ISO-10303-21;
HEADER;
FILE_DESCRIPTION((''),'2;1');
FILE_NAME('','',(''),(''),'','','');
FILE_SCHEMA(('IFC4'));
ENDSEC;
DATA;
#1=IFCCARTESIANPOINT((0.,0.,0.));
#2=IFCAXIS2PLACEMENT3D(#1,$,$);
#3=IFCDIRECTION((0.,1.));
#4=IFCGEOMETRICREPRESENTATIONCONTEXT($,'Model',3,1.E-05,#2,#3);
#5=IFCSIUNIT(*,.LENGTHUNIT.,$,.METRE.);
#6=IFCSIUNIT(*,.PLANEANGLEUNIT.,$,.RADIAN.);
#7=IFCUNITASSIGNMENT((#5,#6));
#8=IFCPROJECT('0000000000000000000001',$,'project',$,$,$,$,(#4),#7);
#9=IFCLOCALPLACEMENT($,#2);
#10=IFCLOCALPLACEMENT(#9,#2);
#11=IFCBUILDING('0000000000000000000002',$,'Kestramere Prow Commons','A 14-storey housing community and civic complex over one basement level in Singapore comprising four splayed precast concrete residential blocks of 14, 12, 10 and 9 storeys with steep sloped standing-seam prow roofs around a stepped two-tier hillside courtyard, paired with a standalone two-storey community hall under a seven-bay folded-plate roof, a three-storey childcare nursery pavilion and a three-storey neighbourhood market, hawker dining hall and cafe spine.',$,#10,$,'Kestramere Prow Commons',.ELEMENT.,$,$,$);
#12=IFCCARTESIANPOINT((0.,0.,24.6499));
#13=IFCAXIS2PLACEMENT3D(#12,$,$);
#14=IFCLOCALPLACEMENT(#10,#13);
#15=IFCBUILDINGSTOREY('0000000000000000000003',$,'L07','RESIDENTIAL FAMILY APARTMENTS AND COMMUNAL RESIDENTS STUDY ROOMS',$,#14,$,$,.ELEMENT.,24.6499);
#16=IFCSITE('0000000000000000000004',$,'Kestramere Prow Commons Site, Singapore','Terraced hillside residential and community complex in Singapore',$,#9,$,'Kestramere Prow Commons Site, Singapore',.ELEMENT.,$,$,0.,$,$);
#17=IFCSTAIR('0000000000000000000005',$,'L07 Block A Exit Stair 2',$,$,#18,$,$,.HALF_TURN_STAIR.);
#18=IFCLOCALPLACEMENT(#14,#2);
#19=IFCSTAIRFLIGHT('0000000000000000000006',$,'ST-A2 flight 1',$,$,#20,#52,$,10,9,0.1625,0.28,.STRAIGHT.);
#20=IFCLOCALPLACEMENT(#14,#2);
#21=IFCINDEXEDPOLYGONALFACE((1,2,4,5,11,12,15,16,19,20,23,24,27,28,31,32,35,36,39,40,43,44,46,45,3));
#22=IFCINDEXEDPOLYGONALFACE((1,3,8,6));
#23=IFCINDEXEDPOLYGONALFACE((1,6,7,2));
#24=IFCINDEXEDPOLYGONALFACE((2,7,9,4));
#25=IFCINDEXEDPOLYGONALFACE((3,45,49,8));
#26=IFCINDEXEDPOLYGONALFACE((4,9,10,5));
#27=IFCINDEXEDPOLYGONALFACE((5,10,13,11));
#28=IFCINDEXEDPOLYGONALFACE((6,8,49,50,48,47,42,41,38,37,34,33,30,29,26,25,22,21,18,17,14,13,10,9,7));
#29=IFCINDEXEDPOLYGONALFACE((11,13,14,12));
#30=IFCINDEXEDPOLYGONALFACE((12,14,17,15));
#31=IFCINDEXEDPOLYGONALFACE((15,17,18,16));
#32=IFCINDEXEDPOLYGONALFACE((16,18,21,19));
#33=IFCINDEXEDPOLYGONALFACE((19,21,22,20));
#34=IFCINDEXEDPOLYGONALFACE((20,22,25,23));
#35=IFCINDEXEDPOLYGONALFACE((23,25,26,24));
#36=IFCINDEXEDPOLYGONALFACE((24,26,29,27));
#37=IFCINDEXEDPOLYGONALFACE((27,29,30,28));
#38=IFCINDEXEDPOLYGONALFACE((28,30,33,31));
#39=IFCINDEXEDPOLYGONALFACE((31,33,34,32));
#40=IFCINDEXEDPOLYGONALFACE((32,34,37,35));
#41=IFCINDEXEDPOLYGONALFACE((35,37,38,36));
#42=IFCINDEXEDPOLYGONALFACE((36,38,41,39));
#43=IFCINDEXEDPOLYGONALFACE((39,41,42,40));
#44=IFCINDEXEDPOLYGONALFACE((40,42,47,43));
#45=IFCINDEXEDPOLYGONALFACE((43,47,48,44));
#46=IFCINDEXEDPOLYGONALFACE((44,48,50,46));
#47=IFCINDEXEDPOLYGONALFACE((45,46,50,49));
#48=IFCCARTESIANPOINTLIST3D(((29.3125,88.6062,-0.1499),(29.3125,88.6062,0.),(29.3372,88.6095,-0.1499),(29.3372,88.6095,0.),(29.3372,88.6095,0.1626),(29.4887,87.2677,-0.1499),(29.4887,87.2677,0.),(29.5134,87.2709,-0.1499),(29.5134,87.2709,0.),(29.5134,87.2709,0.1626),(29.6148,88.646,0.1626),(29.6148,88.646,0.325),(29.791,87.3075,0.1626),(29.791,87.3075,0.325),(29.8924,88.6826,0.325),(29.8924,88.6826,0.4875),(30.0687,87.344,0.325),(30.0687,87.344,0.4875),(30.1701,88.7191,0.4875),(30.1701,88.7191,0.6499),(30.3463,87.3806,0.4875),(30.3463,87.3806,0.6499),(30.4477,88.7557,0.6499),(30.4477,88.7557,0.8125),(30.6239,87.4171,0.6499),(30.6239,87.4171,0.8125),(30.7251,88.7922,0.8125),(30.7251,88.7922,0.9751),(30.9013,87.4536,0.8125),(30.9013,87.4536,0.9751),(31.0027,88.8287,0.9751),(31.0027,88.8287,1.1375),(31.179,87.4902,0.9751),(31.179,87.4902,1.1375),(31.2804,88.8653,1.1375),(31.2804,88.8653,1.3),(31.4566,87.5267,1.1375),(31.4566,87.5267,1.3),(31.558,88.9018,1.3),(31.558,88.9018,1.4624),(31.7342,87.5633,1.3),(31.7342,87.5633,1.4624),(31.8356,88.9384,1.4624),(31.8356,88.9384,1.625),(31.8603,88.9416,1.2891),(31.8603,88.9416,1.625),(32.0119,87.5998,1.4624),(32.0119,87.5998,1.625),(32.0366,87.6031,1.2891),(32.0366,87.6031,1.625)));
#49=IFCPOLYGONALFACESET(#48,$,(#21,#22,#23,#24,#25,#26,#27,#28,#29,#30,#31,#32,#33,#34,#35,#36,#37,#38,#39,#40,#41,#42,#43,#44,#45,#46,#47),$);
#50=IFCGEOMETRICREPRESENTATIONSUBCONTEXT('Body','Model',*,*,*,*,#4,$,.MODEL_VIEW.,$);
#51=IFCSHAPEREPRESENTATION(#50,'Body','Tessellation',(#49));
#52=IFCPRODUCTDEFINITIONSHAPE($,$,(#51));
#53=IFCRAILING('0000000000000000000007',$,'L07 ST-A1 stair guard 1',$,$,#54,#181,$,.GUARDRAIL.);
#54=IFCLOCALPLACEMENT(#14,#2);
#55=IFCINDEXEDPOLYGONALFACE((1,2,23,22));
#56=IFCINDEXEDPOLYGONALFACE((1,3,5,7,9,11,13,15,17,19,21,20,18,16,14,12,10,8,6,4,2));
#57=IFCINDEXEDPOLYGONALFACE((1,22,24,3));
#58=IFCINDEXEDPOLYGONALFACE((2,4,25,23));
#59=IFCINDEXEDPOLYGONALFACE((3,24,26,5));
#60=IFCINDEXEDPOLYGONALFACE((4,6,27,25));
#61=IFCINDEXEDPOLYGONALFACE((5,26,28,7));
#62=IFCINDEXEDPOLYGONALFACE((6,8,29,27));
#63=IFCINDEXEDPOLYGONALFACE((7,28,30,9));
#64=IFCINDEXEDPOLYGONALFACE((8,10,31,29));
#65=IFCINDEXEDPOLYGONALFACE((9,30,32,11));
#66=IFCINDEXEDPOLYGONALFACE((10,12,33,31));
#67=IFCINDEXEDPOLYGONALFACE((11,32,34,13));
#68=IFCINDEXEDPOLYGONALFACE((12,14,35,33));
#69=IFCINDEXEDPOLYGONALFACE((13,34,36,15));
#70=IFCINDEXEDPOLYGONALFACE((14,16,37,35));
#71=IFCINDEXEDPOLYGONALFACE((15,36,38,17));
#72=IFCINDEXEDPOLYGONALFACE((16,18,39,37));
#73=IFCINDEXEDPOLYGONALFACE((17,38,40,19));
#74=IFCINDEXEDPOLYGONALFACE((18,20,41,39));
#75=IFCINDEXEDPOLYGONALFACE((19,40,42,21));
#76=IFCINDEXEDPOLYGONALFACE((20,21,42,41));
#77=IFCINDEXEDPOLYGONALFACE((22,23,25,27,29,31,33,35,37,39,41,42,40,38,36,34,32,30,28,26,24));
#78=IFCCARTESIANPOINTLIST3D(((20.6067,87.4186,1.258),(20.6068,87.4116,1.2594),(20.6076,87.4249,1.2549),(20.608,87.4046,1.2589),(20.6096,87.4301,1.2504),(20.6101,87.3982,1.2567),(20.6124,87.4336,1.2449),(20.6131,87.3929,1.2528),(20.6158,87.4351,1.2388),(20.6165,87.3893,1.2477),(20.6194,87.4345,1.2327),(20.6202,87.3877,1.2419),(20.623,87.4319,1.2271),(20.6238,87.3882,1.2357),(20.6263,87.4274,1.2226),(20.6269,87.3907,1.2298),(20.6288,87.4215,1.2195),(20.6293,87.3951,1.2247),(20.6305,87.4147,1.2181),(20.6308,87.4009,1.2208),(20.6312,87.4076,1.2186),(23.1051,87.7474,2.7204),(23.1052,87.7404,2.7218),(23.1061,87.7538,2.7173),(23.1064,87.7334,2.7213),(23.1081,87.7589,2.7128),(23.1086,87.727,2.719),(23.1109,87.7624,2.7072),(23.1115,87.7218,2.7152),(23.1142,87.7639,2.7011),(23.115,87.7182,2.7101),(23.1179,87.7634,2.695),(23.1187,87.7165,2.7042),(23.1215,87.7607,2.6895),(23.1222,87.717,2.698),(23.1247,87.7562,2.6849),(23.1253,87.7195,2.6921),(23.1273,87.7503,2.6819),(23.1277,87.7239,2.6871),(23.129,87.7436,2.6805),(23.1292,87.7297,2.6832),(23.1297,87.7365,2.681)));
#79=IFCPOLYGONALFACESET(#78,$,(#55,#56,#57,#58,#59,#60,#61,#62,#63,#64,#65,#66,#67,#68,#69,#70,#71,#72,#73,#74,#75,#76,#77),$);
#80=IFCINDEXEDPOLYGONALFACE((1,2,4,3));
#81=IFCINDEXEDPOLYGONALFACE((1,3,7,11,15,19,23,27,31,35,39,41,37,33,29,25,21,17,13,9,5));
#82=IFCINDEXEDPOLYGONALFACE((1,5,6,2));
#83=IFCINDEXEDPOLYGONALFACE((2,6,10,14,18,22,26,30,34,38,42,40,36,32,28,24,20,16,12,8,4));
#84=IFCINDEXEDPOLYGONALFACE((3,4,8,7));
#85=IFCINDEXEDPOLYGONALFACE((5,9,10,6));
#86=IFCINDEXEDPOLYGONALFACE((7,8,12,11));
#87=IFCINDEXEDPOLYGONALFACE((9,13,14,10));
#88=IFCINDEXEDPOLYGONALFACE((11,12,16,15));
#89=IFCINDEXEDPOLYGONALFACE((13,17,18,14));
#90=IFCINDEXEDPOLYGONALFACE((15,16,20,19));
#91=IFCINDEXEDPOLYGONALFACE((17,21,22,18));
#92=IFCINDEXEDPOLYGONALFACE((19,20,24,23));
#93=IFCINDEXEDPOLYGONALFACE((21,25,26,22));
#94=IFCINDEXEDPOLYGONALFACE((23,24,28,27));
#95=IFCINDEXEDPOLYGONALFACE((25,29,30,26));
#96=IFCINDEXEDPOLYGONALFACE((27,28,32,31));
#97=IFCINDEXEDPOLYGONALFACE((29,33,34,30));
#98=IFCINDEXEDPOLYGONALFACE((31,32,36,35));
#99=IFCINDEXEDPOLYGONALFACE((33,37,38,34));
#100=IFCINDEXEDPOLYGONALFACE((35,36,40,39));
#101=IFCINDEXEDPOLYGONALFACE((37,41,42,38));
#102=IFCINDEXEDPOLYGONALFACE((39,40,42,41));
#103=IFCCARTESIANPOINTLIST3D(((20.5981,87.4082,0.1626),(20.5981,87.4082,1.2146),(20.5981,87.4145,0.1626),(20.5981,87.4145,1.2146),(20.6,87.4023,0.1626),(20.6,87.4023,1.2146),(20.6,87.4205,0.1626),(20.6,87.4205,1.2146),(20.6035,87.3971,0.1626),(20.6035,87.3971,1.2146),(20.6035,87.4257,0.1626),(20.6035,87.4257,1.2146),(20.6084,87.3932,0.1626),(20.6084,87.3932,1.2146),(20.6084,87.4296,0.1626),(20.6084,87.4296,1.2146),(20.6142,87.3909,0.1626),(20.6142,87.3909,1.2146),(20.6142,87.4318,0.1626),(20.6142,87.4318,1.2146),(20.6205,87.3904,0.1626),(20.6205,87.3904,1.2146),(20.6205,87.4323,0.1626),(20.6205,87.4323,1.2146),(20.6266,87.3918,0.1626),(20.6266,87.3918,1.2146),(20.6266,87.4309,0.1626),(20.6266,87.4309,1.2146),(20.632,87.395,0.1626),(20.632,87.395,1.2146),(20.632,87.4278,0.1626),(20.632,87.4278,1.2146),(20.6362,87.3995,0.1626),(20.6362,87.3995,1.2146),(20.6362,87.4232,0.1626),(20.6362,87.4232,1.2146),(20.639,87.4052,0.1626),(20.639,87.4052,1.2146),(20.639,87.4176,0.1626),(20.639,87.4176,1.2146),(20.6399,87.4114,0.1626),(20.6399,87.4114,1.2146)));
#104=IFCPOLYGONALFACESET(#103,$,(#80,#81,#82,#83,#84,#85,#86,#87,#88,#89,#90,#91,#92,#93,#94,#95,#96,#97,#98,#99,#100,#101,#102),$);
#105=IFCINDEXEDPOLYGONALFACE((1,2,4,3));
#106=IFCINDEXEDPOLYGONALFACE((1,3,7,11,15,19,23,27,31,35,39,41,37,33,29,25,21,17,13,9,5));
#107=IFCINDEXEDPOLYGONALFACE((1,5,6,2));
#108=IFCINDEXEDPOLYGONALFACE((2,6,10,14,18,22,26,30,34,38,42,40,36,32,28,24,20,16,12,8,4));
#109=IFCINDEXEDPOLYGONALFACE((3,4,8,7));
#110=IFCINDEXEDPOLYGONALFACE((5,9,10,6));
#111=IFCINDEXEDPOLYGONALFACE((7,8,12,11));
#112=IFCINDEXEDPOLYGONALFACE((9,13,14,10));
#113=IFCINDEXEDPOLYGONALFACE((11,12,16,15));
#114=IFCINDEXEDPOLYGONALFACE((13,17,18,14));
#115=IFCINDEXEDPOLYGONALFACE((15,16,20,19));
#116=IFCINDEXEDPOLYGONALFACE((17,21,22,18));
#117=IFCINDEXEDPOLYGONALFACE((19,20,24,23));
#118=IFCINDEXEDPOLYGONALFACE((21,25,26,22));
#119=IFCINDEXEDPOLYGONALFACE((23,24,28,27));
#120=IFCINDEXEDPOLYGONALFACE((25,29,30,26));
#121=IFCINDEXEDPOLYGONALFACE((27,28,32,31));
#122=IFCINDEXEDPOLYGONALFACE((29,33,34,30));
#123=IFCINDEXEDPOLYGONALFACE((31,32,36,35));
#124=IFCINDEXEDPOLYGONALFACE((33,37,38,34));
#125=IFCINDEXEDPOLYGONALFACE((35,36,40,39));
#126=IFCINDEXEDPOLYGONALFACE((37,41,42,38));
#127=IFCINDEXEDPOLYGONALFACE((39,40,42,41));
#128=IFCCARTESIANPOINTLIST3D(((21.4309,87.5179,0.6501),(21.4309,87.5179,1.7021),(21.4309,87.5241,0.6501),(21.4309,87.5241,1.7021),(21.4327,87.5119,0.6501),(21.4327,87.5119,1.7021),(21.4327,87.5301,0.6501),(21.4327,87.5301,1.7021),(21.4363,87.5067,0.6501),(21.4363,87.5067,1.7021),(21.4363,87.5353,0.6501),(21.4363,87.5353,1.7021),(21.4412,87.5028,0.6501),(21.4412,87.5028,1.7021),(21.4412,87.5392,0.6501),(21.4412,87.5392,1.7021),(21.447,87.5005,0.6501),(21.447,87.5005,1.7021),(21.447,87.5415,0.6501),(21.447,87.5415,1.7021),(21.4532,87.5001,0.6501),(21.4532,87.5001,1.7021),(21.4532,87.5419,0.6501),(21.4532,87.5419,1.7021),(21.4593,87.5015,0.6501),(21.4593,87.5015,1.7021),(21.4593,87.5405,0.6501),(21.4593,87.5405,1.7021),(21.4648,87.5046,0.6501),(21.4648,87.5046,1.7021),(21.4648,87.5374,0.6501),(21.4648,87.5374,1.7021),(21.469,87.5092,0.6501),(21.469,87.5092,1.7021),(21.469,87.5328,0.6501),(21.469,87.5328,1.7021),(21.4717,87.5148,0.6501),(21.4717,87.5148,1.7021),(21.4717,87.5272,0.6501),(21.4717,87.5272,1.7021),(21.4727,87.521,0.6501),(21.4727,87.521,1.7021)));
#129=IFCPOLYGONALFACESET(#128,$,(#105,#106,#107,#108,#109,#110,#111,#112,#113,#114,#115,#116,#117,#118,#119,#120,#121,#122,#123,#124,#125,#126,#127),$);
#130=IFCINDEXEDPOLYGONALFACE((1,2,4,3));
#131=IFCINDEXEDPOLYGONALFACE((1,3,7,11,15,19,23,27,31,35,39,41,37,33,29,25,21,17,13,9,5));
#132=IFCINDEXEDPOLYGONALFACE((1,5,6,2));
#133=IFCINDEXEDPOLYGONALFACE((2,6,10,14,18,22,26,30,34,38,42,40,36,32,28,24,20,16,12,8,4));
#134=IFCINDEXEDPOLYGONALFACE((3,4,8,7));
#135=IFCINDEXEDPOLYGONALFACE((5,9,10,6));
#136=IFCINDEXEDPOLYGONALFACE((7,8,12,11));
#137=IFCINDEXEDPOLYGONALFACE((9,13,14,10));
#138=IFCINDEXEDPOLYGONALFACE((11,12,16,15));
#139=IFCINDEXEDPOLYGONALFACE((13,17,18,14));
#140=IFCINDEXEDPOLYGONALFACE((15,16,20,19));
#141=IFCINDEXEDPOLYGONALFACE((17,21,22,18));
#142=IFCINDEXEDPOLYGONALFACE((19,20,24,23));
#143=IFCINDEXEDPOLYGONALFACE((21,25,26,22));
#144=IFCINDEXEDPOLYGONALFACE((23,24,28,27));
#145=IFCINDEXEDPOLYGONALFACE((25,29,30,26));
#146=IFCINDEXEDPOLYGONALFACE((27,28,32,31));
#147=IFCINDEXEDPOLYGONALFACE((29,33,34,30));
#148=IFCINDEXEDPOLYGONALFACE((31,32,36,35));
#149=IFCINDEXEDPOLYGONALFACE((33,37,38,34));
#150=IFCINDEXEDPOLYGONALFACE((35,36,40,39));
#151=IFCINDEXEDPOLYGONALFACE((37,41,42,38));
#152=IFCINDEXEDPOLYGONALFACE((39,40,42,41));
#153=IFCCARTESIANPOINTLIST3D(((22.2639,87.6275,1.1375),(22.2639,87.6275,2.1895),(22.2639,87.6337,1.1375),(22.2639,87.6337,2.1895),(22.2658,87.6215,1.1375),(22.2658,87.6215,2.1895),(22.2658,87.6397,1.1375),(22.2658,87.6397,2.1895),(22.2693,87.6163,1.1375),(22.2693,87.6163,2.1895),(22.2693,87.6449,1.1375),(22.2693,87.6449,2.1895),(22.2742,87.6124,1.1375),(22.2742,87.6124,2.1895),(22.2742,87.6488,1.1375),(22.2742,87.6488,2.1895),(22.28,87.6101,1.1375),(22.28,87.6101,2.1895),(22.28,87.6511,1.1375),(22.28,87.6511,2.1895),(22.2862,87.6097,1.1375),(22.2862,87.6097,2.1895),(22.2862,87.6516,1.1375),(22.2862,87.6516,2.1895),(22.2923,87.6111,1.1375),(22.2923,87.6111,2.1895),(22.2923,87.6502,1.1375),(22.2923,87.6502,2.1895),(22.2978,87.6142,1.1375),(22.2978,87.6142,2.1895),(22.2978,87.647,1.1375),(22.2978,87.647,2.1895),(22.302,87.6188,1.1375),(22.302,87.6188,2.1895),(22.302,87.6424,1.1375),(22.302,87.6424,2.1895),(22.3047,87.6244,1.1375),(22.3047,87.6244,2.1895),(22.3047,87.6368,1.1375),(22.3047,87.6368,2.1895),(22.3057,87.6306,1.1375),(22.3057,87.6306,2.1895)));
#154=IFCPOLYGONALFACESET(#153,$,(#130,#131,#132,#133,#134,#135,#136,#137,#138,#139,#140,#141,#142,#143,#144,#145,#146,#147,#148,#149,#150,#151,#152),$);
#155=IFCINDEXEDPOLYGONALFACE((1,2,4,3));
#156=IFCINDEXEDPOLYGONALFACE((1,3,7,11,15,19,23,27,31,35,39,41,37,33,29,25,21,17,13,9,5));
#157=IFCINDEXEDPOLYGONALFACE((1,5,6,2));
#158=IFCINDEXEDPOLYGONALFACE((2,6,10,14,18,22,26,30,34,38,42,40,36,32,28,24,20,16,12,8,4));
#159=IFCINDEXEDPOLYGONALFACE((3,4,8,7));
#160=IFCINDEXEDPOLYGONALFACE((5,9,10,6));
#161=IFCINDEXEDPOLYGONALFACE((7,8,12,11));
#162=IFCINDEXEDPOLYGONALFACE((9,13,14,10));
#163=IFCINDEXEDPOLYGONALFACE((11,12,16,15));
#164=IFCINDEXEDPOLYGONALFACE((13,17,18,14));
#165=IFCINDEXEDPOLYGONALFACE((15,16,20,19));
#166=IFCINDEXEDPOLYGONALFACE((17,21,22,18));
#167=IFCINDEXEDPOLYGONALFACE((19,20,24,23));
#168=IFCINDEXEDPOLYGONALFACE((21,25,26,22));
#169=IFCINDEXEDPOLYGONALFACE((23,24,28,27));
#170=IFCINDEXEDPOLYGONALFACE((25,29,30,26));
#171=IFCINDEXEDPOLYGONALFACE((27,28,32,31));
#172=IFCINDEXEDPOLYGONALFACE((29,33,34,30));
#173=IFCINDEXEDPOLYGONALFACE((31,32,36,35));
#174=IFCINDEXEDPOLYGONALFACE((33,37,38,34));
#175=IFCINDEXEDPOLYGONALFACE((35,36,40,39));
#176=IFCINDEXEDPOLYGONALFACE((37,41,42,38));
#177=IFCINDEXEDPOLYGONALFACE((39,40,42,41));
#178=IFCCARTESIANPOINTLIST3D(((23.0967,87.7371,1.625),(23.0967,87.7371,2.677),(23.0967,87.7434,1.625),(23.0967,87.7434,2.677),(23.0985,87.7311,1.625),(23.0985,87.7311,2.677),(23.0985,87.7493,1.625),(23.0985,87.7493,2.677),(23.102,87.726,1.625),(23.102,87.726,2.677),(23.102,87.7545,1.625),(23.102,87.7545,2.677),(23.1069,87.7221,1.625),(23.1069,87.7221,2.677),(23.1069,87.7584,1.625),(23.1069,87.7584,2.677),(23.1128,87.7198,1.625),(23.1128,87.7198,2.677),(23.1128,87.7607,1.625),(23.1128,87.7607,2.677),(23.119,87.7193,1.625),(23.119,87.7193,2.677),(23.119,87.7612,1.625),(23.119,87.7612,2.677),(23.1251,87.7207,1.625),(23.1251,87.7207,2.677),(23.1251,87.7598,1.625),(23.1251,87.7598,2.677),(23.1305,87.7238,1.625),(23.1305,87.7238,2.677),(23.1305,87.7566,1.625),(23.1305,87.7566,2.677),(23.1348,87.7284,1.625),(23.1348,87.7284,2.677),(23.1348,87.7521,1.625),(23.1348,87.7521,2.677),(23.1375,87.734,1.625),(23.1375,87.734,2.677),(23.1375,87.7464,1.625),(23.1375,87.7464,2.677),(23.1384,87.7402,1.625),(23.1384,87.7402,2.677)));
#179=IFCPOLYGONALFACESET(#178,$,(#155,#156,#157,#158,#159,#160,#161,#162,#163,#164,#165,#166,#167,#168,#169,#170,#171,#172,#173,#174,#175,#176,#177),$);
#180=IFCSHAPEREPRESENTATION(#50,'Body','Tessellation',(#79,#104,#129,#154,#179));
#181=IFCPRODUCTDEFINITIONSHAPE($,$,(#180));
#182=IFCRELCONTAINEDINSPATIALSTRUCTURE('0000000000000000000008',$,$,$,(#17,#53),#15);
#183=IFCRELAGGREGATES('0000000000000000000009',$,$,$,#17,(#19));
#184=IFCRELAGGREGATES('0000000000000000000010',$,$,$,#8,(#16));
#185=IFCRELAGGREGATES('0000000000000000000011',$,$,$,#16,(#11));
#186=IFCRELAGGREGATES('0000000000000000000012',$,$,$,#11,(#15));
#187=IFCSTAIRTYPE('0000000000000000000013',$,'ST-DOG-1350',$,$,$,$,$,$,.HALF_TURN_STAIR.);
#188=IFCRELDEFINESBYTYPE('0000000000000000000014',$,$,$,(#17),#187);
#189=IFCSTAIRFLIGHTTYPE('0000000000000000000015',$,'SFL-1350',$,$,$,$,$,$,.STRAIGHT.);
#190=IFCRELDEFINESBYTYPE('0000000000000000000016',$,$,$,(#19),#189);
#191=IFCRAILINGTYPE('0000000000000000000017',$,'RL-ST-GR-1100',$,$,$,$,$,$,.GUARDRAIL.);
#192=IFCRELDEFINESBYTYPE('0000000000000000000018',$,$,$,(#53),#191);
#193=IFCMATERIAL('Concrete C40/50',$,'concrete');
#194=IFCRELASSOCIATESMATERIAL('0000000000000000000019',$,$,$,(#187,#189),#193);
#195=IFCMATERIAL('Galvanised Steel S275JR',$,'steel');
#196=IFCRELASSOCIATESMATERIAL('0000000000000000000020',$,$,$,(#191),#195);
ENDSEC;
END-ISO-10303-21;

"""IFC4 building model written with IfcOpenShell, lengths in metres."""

from ifc_helpers import new_model, si_unit, direction, frame, origin, origin_2d, place, context, subcontext, project, spatial, polyline, circle, outline, extrude, material, type_object, element, aggregate, save


model = new_model("IFC4")

# Units and contexts
model_context = context("Model", 3, precision=1e-05, world=origin(), true_north=direction((0.0, 1.0)))
body_context = subcontext(model_context, "Body", "Model", "MODEL_VIEW")
ifc_project = project(units=[si_unit("LENGTHUNIT", "METRE"), si_unit("PLANEANGLEUNIT", "RADIAN")], contexts=[model_context])

# Site, building, storey
site_placement = place(None, origin())
site = spatial("IfcSite", under=ifc_project, at=site_placement, Name="Kestramere Prow Commons Site, Singapore", Description="Terraced hillside residential and community complex in Singapore", LongName="Kestramere Prow Commons Site, Singapore", CompositionType="ELEMENT", RefElevation=0.0)
building_placement = place(site_placement, origin())
building = spatial("IfcBuilding", under=site, at=building_placement, Name="Kestramere Prow Commons", Description="A 14-storey housing community and civic complex over one basement level in Singapore comprising four splayed precast concrete residential blocks of 14, 12, 10 and 9 storeys with steep sloped standing-seam prow roofs around a stepped two-tier hillside courtyard, paired with a standalone two-storey community hall under a seven-bay folded-plate roof, a three-storey childcare nursery pavilion and a three-storey neighbourhood market, hawker dining hall and cafe spine.", LongName="Kestramere Prow Commons", CompositionType="ELEMENT")
storey_placement = place(building_placement, frame((0.0, 0.0, 24.6499)))
storey = spatial("IfcBuildingStorey", under=building, at=storey_placement, Name="L07", Description="RESIDENTIAL FAMILY APARTMENTS AND COMMUNAL RESIDENTS STUDY ROOMS", CompositionType="ELEMENT", Elevation=24.6499)

# Shared definitions
ifc_material_1 = material(Name="Concrete C40/50", Category="concrete")

# Stair, stair flight
stair_type = type_object("IfcStairType", Name="ST-DOG-1350", PredefinedType="HALF_TURN_STAIR", material=ifc_material_1)
stair_flight_type = type_object("IfcStairFlightType", Name="SFL-1350", PredefinedType="STRAIGHT", material=ifc_material_1)
stair_1_placement = place(storey_placement, origin())
stair_1 = element("IfcStair", 1, at=stair_1_placement, inside=storey, type_object=stair_type, Name="L07 Block A Exit Stair 2", PredefinedType="HALF_TURN_STAIR")
stair_flight_1_placement = place(storey_placement, frame((29.4253, 87.9402, 0.0), z_axis=(0.0, 0.0, 1.0), x_axis=(0.991445, 0.130526, 0.0)))
stair_flight_1 = element("IfcStairFlight", 2, at=stair_flight_1_placement, type_object=stair_flight_type, Name="ST-A2 flight 1", NumberOfRisers=10, NumberOfTreads=9, PredefinedType="STRAIGHT", RiserHeight=0.1625, TreadLength=0.28, context=body_context, shape_type="SweptSolid", body=[
    extrude(outline(polyline([(-0.0249, 0.0), (0.0, 0.0), (0.0, 0.1626), (0.28, 0.1626), (0.28, 0.325), (0.5601, 0.325), (0.5601, 0.4875), (0.8401, 0.4875), (0.8401, 0.6499), (1.1201, 0.6499), (1.1201, 0.8125), (1.3999, 0.8125), (1.3999, 0.9751), (1.6799, 0.9751), (1.6799, 1.1375), (1.96, 1.1375), (1.96, 1.3), (2.24, 1.3), (2.24, 1.4624), (2.52, 1.4624), (2.52, 1.625), (2.5449, 1.625), (2.5449, 1.2891), (0.0, -0.1499), (-0.0249, -0.1499), (-0.0249, 0.0)])), frame((0.0, 0.675, 0.0), z_axis=(0.0, -1.0, 0.0), x_axis=(1.0, 0.0, 0.0)), (0.0, 0.0, 1.0), 1.3501),
])
aggregate(stair_1, [stair_flight_1])

# Railing
ifc_material_2 = material(Name="Galvanised Steel S275JR", Category="steel")
railing_type_1 = type_object("IfcRailingType", Name="RL-ST-GR-1100", PredefinedType="GUARDRAIL", material=ifc_material_2)
railing_1_placement = place(storey_placement, frame((20.6189, 87.4114, 0.1626)))
element("IfcRailing", 3, at=railing_1_placement, inside=storey, type_object=railing_type_1, Name="L07 ST-A1 stair guard 1", PredefinedType="GUARDRAIL", context=body_context, shape_type="SweptSolid", body=[
    extrude(circle(Radius=0.0239, at=origin_2d()), frame((0.0, 0.0, 1.0762), z_axis=(0.857523, 0.112867, 0.501912), x_axis=(-0.130495, 0.991449, 0.0)), (0.0, 0.0, 1.0), 2.9136),
    extrude(circle(Radius=0.021, at=origin_2d()), origin(), (0.0, 0.0, 1.0), 1.052),
    extrude(circle(Radius=0.021, at=origin_2d()), frame((0.8328, 0.1096, 0.4875)), (0.0, 0.0, 1.0), 1.052),
    extrude(circle(Radius=0.021, at=origin_2d()), frame((1.6658, 0.2192, 0.9749)), (0.0, 0.0, 1.0), 1.052),
    extrude(circle(Radius=0.021, at=origin_2d()), frame((2.4985, 0.3289, 1.4624)), (0.0, 0.0, 1.0), 1.052),
])

save(model, "model.ifc")
